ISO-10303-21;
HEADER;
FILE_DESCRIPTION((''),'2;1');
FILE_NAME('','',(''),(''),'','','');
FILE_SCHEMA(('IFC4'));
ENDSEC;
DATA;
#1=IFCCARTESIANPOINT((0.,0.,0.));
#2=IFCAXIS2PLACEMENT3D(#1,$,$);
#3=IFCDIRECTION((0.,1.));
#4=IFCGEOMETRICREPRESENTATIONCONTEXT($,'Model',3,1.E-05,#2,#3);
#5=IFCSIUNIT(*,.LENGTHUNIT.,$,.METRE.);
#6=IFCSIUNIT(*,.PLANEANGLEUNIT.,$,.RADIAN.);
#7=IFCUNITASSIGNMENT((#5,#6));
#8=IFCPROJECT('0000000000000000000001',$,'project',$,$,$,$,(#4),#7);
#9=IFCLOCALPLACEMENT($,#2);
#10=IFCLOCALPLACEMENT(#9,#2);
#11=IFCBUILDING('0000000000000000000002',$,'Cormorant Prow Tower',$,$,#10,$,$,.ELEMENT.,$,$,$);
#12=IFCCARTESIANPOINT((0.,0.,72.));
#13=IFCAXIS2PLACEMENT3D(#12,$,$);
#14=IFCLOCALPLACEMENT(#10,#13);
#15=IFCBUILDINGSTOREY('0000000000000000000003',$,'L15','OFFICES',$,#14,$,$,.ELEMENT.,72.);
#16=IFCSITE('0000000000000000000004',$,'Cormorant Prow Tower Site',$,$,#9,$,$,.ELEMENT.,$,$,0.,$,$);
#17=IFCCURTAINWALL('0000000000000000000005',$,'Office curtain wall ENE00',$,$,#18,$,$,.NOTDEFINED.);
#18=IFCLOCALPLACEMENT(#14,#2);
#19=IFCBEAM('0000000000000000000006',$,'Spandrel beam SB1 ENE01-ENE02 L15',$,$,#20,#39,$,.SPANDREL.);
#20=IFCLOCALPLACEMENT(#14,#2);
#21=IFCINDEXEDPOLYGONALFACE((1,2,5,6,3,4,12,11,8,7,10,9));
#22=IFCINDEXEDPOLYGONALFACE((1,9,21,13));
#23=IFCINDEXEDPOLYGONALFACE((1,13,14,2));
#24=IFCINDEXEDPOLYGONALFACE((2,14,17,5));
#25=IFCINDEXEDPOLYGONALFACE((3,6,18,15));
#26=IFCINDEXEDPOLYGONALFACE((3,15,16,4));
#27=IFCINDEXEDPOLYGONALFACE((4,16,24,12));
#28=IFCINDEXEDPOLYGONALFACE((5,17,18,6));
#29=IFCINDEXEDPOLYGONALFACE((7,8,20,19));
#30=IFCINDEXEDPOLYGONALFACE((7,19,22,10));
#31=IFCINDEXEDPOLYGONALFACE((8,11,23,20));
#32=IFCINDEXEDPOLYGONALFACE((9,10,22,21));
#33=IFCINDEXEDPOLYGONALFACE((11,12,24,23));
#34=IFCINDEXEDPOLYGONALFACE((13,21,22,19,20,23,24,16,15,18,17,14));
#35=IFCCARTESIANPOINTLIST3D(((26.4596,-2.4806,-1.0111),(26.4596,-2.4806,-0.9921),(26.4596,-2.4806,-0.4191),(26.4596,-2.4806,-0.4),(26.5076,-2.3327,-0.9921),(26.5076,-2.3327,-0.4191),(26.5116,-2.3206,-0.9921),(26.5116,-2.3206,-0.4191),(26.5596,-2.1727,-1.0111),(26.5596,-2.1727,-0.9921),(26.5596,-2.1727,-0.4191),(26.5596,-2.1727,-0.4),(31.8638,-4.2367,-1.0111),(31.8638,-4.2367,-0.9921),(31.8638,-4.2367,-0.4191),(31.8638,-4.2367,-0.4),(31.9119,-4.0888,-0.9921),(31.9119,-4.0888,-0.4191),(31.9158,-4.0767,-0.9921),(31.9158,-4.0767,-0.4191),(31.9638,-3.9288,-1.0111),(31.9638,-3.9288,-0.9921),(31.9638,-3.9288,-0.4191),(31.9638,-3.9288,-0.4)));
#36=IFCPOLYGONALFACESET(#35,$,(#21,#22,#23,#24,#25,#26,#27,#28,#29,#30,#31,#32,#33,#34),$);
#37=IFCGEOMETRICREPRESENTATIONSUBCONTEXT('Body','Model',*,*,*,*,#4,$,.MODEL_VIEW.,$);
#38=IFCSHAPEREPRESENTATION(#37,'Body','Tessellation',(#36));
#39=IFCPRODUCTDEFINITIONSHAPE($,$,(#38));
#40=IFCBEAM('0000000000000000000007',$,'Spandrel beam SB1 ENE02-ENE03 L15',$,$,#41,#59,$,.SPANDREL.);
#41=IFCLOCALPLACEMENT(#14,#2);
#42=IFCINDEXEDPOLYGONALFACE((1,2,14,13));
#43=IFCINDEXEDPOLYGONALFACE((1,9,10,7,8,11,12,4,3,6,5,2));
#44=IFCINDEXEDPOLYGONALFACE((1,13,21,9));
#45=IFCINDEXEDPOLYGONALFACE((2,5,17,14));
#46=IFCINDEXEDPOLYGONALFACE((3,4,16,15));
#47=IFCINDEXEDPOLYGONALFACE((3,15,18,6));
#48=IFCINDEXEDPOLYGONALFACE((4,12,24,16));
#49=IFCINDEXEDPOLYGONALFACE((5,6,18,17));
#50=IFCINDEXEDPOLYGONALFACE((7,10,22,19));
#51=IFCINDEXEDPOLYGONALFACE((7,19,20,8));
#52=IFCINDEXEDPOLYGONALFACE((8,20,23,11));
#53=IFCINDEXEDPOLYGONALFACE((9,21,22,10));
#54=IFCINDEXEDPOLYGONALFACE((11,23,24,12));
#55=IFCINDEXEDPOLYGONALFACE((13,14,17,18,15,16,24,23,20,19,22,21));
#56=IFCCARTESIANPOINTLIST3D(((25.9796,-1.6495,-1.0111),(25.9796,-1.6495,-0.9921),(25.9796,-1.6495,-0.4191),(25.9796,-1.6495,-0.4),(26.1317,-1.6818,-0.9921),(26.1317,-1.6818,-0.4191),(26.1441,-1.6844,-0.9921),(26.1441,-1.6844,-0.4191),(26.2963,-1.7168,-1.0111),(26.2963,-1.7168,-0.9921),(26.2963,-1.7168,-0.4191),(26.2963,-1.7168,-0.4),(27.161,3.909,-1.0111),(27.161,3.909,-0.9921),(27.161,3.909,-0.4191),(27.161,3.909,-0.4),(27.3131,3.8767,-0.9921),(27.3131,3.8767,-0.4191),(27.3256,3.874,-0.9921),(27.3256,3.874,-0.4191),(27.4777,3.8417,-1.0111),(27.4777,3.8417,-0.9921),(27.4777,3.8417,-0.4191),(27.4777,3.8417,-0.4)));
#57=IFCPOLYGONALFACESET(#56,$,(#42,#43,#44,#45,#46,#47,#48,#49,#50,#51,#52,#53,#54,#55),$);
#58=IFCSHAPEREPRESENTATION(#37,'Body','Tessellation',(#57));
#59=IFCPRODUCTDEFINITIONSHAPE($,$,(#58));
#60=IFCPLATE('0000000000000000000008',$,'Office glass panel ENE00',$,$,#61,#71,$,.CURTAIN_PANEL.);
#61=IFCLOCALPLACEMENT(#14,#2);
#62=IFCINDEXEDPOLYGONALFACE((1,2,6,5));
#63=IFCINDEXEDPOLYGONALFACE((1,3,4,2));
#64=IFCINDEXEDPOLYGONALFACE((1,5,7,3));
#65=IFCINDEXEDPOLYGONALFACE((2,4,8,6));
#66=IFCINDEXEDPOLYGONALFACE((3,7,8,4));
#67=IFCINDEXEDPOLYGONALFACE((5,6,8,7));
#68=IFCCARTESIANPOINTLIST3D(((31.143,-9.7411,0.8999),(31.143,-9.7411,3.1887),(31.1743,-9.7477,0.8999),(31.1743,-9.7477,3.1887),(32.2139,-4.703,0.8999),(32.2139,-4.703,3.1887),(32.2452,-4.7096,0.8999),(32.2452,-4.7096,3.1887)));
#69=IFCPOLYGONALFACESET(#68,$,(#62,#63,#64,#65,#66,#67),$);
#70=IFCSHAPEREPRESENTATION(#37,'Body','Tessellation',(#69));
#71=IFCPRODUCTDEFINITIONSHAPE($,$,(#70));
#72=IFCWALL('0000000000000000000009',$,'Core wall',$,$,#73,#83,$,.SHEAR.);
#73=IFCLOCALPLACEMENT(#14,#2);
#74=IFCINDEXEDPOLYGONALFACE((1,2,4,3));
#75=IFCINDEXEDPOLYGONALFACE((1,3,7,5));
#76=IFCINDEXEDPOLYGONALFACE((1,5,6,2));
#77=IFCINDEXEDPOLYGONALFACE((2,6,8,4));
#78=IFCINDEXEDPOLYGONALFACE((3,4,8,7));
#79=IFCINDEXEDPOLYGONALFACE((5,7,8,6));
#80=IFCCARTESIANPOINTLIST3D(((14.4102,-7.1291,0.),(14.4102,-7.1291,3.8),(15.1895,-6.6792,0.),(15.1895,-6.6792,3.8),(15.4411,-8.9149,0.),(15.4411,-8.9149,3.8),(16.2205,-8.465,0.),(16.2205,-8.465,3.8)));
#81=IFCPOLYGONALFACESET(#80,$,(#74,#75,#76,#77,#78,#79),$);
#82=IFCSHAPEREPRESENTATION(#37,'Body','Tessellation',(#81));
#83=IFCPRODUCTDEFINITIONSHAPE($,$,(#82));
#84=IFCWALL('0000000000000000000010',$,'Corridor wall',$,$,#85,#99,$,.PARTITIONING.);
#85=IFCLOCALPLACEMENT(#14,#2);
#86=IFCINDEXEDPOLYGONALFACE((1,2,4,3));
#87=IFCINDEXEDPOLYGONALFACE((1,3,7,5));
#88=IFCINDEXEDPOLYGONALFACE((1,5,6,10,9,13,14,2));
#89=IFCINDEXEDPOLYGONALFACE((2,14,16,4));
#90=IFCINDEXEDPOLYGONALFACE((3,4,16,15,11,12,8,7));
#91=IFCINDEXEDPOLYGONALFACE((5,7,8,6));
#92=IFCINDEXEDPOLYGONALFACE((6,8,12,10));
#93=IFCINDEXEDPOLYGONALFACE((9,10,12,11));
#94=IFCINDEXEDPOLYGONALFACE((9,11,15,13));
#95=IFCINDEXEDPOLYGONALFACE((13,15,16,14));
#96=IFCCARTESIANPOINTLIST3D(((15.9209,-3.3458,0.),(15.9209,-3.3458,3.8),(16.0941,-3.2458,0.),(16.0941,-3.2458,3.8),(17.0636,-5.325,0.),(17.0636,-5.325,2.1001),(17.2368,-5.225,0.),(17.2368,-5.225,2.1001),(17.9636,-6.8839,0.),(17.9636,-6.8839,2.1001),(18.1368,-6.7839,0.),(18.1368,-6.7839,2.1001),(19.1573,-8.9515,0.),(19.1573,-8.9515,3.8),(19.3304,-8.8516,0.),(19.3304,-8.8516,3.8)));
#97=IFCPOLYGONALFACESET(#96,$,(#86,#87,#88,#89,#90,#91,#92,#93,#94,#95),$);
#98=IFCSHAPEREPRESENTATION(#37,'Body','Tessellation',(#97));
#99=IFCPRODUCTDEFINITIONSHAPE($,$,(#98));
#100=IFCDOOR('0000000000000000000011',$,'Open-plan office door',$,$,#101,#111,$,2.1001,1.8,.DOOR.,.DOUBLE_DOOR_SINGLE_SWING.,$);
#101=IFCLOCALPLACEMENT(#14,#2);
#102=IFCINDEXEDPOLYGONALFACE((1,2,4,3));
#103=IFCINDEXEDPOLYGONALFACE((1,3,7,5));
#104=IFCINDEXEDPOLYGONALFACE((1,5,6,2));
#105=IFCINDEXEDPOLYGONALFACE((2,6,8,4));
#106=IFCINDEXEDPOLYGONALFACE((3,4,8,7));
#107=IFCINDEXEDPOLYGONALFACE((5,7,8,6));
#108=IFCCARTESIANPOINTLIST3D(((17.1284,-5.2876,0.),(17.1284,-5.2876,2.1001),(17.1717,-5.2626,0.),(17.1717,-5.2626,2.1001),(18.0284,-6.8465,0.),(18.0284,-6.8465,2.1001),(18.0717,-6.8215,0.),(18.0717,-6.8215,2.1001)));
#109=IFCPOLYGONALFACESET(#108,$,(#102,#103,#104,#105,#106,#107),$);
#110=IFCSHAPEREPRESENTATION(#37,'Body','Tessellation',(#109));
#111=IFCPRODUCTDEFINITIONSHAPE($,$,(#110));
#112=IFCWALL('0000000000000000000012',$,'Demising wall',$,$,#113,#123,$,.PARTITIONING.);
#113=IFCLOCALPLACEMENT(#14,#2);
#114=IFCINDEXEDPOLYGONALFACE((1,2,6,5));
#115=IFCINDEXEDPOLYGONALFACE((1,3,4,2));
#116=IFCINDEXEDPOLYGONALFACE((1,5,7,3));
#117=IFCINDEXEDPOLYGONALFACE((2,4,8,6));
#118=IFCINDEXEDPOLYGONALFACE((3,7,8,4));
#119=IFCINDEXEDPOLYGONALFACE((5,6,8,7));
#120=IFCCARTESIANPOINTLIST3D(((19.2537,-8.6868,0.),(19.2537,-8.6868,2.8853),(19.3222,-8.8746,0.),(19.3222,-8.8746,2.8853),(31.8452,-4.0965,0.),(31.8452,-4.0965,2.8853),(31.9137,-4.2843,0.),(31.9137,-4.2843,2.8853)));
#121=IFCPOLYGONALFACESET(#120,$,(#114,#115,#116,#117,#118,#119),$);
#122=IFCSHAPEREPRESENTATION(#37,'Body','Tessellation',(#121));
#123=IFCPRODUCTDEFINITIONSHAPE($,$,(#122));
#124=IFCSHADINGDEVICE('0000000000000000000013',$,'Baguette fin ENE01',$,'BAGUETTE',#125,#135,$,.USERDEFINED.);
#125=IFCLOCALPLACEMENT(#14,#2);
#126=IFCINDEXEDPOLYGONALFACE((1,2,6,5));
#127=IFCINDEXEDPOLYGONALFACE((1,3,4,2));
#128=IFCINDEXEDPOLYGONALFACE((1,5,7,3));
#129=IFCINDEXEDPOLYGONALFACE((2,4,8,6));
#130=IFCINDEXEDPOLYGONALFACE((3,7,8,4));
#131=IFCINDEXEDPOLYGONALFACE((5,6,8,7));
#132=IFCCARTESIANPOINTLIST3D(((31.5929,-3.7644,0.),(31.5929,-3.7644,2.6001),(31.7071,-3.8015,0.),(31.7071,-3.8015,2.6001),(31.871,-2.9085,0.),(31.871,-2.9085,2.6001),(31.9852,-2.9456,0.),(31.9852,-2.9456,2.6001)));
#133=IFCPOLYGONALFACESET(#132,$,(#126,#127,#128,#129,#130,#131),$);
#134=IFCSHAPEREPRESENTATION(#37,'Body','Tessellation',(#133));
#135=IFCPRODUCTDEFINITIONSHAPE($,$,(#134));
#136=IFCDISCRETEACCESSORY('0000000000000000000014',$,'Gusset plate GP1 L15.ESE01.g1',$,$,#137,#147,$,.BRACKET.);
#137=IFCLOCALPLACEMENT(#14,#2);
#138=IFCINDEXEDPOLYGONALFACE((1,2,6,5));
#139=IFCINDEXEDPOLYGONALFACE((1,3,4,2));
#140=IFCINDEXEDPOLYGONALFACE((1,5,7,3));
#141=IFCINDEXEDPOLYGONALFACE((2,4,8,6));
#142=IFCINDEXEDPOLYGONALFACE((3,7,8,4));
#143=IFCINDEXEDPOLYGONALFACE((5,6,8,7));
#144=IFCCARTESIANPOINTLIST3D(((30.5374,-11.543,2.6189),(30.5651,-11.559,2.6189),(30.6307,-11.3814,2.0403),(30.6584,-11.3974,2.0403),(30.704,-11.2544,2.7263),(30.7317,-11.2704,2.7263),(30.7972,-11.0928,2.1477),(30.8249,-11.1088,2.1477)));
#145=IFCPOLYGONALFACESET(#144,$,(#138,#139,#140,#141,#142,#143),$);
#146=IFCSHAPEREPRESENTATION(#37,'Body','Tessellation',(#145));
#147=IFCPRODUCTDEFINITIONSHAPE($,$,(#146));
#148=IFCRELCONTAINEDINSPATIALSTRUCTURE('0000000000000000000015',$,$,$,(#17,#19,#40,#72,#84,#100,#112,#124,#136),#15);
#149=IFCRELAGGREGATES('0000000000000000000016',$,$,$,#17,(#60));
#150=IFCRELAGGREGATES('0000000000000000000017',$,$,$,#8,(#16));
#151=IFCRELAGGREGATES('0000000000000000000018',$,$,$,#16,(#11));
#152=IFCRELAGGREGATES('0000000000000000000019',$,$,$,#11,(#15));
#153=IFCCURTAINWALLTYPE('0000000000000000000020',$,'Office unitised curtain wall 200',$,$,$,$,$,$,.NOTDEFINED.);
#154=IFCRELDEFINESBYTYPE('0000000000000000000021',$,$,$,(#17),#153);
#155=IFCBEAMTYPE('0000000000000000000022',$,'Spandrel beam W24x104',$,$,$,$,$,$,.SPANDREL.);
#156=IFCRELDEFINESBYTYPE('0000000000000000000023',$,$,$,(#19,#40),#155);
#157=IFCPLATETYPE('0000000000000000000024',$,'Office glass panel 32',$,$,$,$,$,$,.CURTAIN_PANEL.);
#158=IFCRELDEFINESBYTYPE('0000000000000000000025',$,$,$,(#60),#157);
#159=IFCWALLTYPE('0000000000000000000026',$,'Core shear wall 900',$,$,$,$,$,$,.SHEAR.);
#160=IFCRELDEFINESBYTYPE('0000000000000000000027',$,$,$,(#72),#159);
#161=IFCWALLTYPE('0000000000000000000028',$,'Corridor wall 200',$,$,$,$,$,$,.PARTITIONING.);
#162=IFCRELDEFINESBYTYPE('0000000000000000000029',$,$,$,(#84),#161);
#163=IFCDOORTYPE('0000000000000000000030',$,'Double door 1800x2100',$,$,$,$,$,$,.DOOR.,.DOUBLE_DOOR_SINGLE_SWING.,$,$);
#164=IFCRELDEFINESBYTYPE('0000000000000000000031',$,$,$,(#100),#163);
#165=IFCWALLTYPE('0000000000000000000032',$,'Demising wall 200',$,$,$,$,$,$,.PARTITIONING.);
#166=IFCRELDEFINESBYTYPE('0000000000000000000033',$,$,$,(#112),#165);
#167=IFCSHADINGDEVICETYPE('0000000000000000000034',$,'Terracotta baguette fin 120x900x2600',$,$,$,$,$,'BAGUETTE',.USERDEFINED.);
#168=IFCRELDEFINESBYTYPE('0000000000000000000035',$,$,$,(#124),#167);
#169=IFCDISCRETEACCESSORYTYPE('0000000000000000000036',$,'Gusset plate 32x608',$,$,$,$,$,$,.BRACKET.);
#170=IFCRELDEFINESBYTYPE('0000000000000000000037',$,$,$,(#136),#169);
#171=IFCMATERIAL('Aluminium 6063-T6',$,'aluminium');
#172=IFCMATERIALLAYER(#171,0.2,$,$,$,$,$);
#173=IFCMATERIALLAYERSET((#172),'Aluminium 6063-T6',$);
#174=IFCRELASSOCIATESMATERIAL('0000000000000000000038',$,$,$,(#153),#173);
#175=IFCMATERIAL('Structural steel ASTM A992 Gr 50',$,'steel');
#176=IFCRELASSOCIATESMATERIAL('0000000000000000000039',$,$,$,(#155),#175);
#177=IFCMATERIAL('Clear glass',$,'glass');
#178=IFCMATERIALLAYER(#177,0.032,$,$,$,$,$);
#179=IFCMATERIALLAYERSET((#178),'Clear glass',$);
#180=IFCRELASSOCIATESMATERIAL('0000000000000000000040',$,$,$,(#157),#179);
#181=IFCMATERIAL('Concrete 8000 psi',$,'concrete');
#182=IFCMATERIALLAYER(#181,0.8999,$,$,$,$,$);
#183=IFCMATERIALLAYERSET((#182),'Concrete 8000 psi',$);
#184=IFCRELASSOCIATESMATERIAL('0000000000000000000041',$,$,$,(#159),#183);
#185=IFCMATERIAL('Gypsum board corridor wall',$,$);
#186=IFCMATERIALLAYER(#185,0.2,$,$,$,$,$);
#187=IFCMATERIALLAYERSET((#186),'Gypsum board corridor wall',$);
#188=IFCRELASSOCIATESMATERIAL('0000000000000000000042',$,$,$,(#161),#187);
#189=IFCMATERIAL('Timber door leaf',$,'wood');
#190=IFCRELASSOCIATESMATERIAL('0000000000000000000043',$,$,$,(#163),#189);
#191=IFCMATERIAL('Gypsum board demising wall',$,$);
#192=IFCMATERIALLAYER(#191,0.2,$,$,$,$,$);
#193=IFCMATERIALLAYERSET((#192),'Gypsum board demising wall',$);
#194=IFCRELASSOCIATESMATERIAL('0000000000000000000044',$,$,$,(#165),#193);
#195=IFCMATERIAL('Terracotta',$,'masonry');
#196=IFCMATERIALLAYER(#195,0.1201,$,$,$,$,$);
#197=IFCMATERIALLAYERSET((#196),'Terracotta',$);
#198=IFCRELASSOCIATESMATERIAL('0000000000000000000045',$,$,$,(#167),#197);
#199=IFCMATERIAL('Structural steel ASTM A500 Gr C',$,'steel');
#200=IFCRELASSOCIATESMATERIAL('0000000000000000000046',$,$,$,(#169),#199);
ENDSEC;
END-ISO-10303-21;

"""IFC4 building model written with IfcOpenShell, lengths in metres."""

from ifc_helpers import new_model, si_unit, direction, frame, frame_2d, origin, origin_2d, place, context, subcontext, project, spatial, rectangle, i_section, extrude, material, layer, layer_set, material_profile, profile_set, type_object, element, fill, aggregate, save


model = new_model("IFC4")

# Units and contexts
model_context = context("Model", 3, precision=1e-05, world=origin(), true_north=direction((0.0, 1.0)))
body_context = subcontext(model_context, "Body", "Model", "MODEL_VIEW")
ifc_project = project(units=[si_unit("LENGTHUNIT", "METRE"), si_unit("PLANEANGLEUNIT", "RADIAN")], contexts=[model_context])

# Site, building, storey
site_placement = place(None, origin())
site = spatial("IfcSite", under=ifc_project, at=site_placement, Name="Cormorant Prow Tower Site", CompositionType="ELEMENT", RefElevation=0.0)
building_placement = place(site_placement, origin())
building = spatial("IfcBuilding", under=site, at=building_placement, Name="Cormorant Prow Tower", CompositionType="ELEMENT")
storey_placement = place(building_placement, frame((0.0, 0.0, 72.0)))
storey = spatial("IfcBuildingStorey", under=building, at=storey_placement, Name="L15", Description="OFFICES", CompositionType="ELEMENT", Elevation=72.0)

# Curtain wall
ifc_material_1 = material(Name="Aluminium 6063-T6", Category="aluminium")
ifc_layer_1 = layer(ifc_material_1, 0.2)
ifc_layer_set_1 = layer_set([ifc_layer_1], Name="Aluminium 6063-T6")
curtain_wall_type = type_object("IfcCurtainWallType", Name="Office unitised curtain wall 200", PredefinedType="NOTDEFINED", material=ifc_layer_set_1)
curtain_wall_1_placement = place(storey_placement, origin())
curtain_wall_1 = element("IfcCurtainWall", 1, at=curtain_wall_1_placement, inside=storey, type_object=curtain_wall_type, Name="Office curtain wall ENE00", PredefinedType="NOTDEFINED")

# Beams
ifc_material_2 = material(Name="Structural steel ASTM A992 Gr 50", Category="steel")
ifc_material_profile_1 = material_profile(ifc_material_2, i_section(OverallWidth=0.3237, OverallDepth=0.6111, WebThickness=0.0127, FlangeThickness=0.019, at=origin_2d()), Name="W24x104")
ifc_profile_set_1 = profile_set([ifc_material_profile_1], Name="Structural steel ASTM A992 Gr 50")
beam_type_1 = type_object("IfcBeamType", Name="Spandrel beam W24x104", PredefinedType="SPANDREL", material=ifc_profile_set_1)
beam_1_placement = place(storey_placement, frame((31.9138, -4.0828, -0.7056), z_axis=(-0.951049, 0.309039, 0.0), x_axis=(-0.309039, -0.951049, 0.0)))
element("IfcBeam", 2, at=beam_1_placement, inside=storey, type_object=beam_type_1, Name="Spandrel beam SB1 ENE01-ENE02 L15", PredefinedType="SPANDREL", context=body_context, shape_type="SweptSolid", body=[
    extrude(i_section(OverallWidth=0.3237, OverallDepth=0.6111, WebThickness=0.0127, FlangeThickness=0.019, at=origin_2d()), origin(), (0.0, 0.0, 1.0), 5.6824),
])
beam_2_placement = place(storey_placement, frame((26.1379, -1.6831, -0.7056), z_axis=(0.2079, 0.97815, 0.0), x_axis=(-0.97815, 0.2079, 0.0)))
element("IfcBeam", 3, at=beam_2_placement, inside=storey, type_object=beam_type_1, Name="Spandrel beam SB1 ENE02-ENE03 L15", PredefinedType="SPANDREL", context=body_context, shape_type="SweptSolid", body=[
    extrude(i_section(OverallWidth=0.3237, OverallDepth=0.6111, WebThickness=0.0127, FlangeThickness=0.019, at=origin_2d()), origin(), (0.0, 0.0, 1.0), 5.6826),
])

# Plate
ifc_material_3 = material(Name="Clear glass", Category="glass")
ifc_layer_2 = layer(ifc_material_3, 0.032)
ifc_layer_set_2 = layer_set([ifc_layer_2], Name="Clear glass")
plate_type = type_object("IfcPlateType", Name="Office glass panel 32", PredefinedType="CURTAIN_PANEL", material=ifc_layer_set_2)
plate_placement = place(storey_placement, frame((31.6941, -7.2253, 0.8999), z_axis=(0.0, 0.0, 1.0), x_axis=(0.207912, 0.978148, 0.0)))
plate = element("IfcPlate", 4, at=plate_placement, type_object=plate_type, Name="Office glass panel ENE00", PredefinedType="CURTAIN_PANEL", context=body_context, shape_type="SweptSolid", body=[
    extrude(rectangle(XDim=5.1506, YDim=0.032, at=origin_2d()), origin(), (0.0, 0.0, 1.0), 2.2888),
])
aggregate(curtain_wall_1, [plate])

# Wall
ifc_material_4 = material(Name="Concrete 8000 psi", Category="concrete")
ifc_layer_3 = layer(ifc_material_4, 0.8999)
ifc_layer_set_3 = layer_set([ifc_layer_3], Name="Concrete 8000 psi")
wall_type_1 = type_object("IfcWallType", Name="Core shear wall 900", PredefinedType="SHEAR", material=ifc_layer_set_3)
wall_1_placement = place(storey_placement, frame((15.8308, -8.6899, 0.0), z_axis=(0.0, 0.0, 1.0), x_axis=(-0.499972, 0.866042, 0.0)))
element("IfcWall", 5, at=wall_1_placement, inside=storey, type_object=wall_type_1, Name="Core wall", PredefinedType="SHEAR", context=body_context, shape_type="SweptSolid", body=[
    extrude(rectangle(XDim=2.062, YDim=0.8999, at=frame_2d((1.031, 0.0))), origin(), (0.0, 0.0, 1.0), 3.8),
])

# Wall, opening, door
ifc_material_5 = material(Name="Gypsum board corridor wall")
ifc_layer_4 = layer(ifc_material_5, 0.2)
ifc_layer_set_4 = layer_set([ifc_layer_4], Name="Gypsum board corridor wall")
wall_type_2 = type_object("IfcWallType", Name="Corridor wall 200", PredefinedType="PARTITIONING", material=ifc_layer_set_4)
wall_2_placement = place(storey_placement, frame((16.0076, -3.2959, 0.0), z_axis=(0.0, 0.0, 1.0), x_axis=(0.499985, -0.866034, 0.0)))
wall_2 = element("IfcWall", 6, at=wall_2_placement, inside=storey, type_object=wall_type_2, Name="Corridor wall", PredefinedType="PARTITIONING", context=body_context, shape_type="SweptSolid", body=[
    extrude(rectangle(XDim=6.4729, YDim=0.2, at=frame_2d((3.2363, 0.0))), origin(), (0.0, 0.0, 1.0), 3.8),
])
opening_1_placement = place(wall_2_placement, frame((2.2854, 0.0, 0.0)))
opening_1 = element("IfcOpeningElement", 7, at=opening_1_placement, cuts=wall_2, PredefinedType="OPENING", context=body_context, shape_type="SweptSolid", body=[
    extrude(rectangle(XDim=1.8, YDim=2.1001, at=frame_2d((0.8999, 1.05))), frame((0.0, 0.1099, 0.0), z_axis=(0.0, -1.0, 0.0), x_axis=(1.0, 0.0, 0.0)), (0.0, 0.0, 1.0), 0.22),
])
ifc_material_6 = material(Name="Timber door leaf", Category="wood")
door_type_1 = type_object("IfcDoorType", Name="Double door 1800x2100", OperationType="DOUBLE_DOOR_SINGLE_SWING", PredefinedType="DOOR", material=ifc_material_6)
door_1_placement = place(opening_1_placement, origin())
door_1 = element("IfcDoor", 8, at=door_1_placement, inside=storey, type_object=door_type_1, Name="Open-plan office door", OperationType="DOUBLE_DOOR_SINGLE_SWING", OverallHeight=2.1001, OverallWidth=1.8, PredefinedType="DOOR", context=body_context, shape_type="SweptSolid", body=[
    extrude(rectangle(XDim=1.8, YDim=2.1001, at=frame_2d((0.8999, 1.05))), frame((0.0, 0.0249, 0.0), z_axis=(0.0, -1.0, 0.0), x_axis=(1.0, 0.0, 0.0)), (0.0, 0.0, 1.0), 0.05),
])
fill(opening_1, door_1)

# Wall
ifc_material_7 = material(Name="Gypsum board demising wall")
ifc_layer_5 = layer(ifc_material_7, 0.2)
ifc_layer_set_5 = layer_set([ifc_layer_5], Name="Gypsum board demising wall")
wall_type_3 = type_object("IfcWallType", Name="Demising wall 200", PredefinedType="PARTITIONING", material=ifc_layer_set_5)
wall_3_placement = place(storey_placement, frame((19.2878, -8.7808, 0.0), z_axis=(0.0, 0.0, 1.0), x_axis=(0.939515, 0.342506, 0.0)))
element("IfcWall", 9, at=wall_3_placement, inside=storey, type_object=wall_type_3, Name="Demising wall", PredefinedType="PARTITIONING", context=body_context, shape_type="SweptSolid", body=[
    extrude(rectangle(XDim=13.4021, YDim=0.2, at=frame_2d((6.7012, 0.0))), origin(), (0.0, 0.0, 1.0), 2.8853),
])

# Shading device
ifc_material_8 = material(Name="Terracotta", Category="masonry")
ifc_layer_6 = layer(ifc_material_8, 0.1201)
ifc_layer_set_6 = layer_set([ifc_layer_6], Name="Terracotta")
shading_device_type = type_object("IfcShadingDeviceType", Name="Terracotta baguette fin 120x900x2600", ElementType="BAGUETTE", PredefinedType="USERDEFINED", material=ifc_layer_set_6)
shading_device_placement = place(storey_placement, frame((31.7891, -3.355, 0.0), z_axis=(0.0, 0.0, 1.0), x_axis=(-0.951057, 0.309017, 0.0)))
element("IfcShadingDevice", 10, at=shading_device_placement, inside=storey, type_object=shading_device_type, Name="Baguette fin ENE01", ObjectType="BAGUETTE", PredefinedType="USERDEFINED", context=body_context, shape_type="SweptSolid", body=[
    extrude(rectangle(XDim=0.1201, YDim=0.8999, at=origin_2d()), origin(), (0.0, 0.0, 1.0), 2.6001),
])

# Discrete accessory
ifc_material_9 = material(Name="Structural steel ASTM A500 Gr C", Category="steel")
ifc_material_profile_2 = material_profile(ifc_material_9, rectangle(XDim=0.032, YDim=0.6079, at=origin_2d()), Name="Gusset plate 32x608")
ifc_profile_set_2 = profile_set([ifc_material_profile_2], Name="Structural steel ASTM A500 Gr C")
discrete_accessory_type = type_object("IfcDiscreteAccessoryType", Name="Gusset plate 32x608", PredefinedType="BRACKET", material=ifc_profile_set_2)
discrete_accessory_placement = place(storey_placement, frame((30.5979, -11.4702, 2.3296), z_axis=(0.475652, 0.82437, 0.306872), x_axis=(-0.866161, 0.499765, 0.0)))
element("IfcDiscreteAccessory", 11, at=discrete_accessory_placement, inside=storey, type_object=discrete_accessory_type, Name="Gusset plate GP1 L15.ESE01.g1", PredefinedType="BRACKET", context=body_context, shape_type="SweptSolid", body=[
    extrude(rectangle(XDim=0.032, YDim=0.6079, at=origin_2d()), origin(), (0.0, 0.0, 1.0), 0.3501),
])

save(model, "model.ifc")
